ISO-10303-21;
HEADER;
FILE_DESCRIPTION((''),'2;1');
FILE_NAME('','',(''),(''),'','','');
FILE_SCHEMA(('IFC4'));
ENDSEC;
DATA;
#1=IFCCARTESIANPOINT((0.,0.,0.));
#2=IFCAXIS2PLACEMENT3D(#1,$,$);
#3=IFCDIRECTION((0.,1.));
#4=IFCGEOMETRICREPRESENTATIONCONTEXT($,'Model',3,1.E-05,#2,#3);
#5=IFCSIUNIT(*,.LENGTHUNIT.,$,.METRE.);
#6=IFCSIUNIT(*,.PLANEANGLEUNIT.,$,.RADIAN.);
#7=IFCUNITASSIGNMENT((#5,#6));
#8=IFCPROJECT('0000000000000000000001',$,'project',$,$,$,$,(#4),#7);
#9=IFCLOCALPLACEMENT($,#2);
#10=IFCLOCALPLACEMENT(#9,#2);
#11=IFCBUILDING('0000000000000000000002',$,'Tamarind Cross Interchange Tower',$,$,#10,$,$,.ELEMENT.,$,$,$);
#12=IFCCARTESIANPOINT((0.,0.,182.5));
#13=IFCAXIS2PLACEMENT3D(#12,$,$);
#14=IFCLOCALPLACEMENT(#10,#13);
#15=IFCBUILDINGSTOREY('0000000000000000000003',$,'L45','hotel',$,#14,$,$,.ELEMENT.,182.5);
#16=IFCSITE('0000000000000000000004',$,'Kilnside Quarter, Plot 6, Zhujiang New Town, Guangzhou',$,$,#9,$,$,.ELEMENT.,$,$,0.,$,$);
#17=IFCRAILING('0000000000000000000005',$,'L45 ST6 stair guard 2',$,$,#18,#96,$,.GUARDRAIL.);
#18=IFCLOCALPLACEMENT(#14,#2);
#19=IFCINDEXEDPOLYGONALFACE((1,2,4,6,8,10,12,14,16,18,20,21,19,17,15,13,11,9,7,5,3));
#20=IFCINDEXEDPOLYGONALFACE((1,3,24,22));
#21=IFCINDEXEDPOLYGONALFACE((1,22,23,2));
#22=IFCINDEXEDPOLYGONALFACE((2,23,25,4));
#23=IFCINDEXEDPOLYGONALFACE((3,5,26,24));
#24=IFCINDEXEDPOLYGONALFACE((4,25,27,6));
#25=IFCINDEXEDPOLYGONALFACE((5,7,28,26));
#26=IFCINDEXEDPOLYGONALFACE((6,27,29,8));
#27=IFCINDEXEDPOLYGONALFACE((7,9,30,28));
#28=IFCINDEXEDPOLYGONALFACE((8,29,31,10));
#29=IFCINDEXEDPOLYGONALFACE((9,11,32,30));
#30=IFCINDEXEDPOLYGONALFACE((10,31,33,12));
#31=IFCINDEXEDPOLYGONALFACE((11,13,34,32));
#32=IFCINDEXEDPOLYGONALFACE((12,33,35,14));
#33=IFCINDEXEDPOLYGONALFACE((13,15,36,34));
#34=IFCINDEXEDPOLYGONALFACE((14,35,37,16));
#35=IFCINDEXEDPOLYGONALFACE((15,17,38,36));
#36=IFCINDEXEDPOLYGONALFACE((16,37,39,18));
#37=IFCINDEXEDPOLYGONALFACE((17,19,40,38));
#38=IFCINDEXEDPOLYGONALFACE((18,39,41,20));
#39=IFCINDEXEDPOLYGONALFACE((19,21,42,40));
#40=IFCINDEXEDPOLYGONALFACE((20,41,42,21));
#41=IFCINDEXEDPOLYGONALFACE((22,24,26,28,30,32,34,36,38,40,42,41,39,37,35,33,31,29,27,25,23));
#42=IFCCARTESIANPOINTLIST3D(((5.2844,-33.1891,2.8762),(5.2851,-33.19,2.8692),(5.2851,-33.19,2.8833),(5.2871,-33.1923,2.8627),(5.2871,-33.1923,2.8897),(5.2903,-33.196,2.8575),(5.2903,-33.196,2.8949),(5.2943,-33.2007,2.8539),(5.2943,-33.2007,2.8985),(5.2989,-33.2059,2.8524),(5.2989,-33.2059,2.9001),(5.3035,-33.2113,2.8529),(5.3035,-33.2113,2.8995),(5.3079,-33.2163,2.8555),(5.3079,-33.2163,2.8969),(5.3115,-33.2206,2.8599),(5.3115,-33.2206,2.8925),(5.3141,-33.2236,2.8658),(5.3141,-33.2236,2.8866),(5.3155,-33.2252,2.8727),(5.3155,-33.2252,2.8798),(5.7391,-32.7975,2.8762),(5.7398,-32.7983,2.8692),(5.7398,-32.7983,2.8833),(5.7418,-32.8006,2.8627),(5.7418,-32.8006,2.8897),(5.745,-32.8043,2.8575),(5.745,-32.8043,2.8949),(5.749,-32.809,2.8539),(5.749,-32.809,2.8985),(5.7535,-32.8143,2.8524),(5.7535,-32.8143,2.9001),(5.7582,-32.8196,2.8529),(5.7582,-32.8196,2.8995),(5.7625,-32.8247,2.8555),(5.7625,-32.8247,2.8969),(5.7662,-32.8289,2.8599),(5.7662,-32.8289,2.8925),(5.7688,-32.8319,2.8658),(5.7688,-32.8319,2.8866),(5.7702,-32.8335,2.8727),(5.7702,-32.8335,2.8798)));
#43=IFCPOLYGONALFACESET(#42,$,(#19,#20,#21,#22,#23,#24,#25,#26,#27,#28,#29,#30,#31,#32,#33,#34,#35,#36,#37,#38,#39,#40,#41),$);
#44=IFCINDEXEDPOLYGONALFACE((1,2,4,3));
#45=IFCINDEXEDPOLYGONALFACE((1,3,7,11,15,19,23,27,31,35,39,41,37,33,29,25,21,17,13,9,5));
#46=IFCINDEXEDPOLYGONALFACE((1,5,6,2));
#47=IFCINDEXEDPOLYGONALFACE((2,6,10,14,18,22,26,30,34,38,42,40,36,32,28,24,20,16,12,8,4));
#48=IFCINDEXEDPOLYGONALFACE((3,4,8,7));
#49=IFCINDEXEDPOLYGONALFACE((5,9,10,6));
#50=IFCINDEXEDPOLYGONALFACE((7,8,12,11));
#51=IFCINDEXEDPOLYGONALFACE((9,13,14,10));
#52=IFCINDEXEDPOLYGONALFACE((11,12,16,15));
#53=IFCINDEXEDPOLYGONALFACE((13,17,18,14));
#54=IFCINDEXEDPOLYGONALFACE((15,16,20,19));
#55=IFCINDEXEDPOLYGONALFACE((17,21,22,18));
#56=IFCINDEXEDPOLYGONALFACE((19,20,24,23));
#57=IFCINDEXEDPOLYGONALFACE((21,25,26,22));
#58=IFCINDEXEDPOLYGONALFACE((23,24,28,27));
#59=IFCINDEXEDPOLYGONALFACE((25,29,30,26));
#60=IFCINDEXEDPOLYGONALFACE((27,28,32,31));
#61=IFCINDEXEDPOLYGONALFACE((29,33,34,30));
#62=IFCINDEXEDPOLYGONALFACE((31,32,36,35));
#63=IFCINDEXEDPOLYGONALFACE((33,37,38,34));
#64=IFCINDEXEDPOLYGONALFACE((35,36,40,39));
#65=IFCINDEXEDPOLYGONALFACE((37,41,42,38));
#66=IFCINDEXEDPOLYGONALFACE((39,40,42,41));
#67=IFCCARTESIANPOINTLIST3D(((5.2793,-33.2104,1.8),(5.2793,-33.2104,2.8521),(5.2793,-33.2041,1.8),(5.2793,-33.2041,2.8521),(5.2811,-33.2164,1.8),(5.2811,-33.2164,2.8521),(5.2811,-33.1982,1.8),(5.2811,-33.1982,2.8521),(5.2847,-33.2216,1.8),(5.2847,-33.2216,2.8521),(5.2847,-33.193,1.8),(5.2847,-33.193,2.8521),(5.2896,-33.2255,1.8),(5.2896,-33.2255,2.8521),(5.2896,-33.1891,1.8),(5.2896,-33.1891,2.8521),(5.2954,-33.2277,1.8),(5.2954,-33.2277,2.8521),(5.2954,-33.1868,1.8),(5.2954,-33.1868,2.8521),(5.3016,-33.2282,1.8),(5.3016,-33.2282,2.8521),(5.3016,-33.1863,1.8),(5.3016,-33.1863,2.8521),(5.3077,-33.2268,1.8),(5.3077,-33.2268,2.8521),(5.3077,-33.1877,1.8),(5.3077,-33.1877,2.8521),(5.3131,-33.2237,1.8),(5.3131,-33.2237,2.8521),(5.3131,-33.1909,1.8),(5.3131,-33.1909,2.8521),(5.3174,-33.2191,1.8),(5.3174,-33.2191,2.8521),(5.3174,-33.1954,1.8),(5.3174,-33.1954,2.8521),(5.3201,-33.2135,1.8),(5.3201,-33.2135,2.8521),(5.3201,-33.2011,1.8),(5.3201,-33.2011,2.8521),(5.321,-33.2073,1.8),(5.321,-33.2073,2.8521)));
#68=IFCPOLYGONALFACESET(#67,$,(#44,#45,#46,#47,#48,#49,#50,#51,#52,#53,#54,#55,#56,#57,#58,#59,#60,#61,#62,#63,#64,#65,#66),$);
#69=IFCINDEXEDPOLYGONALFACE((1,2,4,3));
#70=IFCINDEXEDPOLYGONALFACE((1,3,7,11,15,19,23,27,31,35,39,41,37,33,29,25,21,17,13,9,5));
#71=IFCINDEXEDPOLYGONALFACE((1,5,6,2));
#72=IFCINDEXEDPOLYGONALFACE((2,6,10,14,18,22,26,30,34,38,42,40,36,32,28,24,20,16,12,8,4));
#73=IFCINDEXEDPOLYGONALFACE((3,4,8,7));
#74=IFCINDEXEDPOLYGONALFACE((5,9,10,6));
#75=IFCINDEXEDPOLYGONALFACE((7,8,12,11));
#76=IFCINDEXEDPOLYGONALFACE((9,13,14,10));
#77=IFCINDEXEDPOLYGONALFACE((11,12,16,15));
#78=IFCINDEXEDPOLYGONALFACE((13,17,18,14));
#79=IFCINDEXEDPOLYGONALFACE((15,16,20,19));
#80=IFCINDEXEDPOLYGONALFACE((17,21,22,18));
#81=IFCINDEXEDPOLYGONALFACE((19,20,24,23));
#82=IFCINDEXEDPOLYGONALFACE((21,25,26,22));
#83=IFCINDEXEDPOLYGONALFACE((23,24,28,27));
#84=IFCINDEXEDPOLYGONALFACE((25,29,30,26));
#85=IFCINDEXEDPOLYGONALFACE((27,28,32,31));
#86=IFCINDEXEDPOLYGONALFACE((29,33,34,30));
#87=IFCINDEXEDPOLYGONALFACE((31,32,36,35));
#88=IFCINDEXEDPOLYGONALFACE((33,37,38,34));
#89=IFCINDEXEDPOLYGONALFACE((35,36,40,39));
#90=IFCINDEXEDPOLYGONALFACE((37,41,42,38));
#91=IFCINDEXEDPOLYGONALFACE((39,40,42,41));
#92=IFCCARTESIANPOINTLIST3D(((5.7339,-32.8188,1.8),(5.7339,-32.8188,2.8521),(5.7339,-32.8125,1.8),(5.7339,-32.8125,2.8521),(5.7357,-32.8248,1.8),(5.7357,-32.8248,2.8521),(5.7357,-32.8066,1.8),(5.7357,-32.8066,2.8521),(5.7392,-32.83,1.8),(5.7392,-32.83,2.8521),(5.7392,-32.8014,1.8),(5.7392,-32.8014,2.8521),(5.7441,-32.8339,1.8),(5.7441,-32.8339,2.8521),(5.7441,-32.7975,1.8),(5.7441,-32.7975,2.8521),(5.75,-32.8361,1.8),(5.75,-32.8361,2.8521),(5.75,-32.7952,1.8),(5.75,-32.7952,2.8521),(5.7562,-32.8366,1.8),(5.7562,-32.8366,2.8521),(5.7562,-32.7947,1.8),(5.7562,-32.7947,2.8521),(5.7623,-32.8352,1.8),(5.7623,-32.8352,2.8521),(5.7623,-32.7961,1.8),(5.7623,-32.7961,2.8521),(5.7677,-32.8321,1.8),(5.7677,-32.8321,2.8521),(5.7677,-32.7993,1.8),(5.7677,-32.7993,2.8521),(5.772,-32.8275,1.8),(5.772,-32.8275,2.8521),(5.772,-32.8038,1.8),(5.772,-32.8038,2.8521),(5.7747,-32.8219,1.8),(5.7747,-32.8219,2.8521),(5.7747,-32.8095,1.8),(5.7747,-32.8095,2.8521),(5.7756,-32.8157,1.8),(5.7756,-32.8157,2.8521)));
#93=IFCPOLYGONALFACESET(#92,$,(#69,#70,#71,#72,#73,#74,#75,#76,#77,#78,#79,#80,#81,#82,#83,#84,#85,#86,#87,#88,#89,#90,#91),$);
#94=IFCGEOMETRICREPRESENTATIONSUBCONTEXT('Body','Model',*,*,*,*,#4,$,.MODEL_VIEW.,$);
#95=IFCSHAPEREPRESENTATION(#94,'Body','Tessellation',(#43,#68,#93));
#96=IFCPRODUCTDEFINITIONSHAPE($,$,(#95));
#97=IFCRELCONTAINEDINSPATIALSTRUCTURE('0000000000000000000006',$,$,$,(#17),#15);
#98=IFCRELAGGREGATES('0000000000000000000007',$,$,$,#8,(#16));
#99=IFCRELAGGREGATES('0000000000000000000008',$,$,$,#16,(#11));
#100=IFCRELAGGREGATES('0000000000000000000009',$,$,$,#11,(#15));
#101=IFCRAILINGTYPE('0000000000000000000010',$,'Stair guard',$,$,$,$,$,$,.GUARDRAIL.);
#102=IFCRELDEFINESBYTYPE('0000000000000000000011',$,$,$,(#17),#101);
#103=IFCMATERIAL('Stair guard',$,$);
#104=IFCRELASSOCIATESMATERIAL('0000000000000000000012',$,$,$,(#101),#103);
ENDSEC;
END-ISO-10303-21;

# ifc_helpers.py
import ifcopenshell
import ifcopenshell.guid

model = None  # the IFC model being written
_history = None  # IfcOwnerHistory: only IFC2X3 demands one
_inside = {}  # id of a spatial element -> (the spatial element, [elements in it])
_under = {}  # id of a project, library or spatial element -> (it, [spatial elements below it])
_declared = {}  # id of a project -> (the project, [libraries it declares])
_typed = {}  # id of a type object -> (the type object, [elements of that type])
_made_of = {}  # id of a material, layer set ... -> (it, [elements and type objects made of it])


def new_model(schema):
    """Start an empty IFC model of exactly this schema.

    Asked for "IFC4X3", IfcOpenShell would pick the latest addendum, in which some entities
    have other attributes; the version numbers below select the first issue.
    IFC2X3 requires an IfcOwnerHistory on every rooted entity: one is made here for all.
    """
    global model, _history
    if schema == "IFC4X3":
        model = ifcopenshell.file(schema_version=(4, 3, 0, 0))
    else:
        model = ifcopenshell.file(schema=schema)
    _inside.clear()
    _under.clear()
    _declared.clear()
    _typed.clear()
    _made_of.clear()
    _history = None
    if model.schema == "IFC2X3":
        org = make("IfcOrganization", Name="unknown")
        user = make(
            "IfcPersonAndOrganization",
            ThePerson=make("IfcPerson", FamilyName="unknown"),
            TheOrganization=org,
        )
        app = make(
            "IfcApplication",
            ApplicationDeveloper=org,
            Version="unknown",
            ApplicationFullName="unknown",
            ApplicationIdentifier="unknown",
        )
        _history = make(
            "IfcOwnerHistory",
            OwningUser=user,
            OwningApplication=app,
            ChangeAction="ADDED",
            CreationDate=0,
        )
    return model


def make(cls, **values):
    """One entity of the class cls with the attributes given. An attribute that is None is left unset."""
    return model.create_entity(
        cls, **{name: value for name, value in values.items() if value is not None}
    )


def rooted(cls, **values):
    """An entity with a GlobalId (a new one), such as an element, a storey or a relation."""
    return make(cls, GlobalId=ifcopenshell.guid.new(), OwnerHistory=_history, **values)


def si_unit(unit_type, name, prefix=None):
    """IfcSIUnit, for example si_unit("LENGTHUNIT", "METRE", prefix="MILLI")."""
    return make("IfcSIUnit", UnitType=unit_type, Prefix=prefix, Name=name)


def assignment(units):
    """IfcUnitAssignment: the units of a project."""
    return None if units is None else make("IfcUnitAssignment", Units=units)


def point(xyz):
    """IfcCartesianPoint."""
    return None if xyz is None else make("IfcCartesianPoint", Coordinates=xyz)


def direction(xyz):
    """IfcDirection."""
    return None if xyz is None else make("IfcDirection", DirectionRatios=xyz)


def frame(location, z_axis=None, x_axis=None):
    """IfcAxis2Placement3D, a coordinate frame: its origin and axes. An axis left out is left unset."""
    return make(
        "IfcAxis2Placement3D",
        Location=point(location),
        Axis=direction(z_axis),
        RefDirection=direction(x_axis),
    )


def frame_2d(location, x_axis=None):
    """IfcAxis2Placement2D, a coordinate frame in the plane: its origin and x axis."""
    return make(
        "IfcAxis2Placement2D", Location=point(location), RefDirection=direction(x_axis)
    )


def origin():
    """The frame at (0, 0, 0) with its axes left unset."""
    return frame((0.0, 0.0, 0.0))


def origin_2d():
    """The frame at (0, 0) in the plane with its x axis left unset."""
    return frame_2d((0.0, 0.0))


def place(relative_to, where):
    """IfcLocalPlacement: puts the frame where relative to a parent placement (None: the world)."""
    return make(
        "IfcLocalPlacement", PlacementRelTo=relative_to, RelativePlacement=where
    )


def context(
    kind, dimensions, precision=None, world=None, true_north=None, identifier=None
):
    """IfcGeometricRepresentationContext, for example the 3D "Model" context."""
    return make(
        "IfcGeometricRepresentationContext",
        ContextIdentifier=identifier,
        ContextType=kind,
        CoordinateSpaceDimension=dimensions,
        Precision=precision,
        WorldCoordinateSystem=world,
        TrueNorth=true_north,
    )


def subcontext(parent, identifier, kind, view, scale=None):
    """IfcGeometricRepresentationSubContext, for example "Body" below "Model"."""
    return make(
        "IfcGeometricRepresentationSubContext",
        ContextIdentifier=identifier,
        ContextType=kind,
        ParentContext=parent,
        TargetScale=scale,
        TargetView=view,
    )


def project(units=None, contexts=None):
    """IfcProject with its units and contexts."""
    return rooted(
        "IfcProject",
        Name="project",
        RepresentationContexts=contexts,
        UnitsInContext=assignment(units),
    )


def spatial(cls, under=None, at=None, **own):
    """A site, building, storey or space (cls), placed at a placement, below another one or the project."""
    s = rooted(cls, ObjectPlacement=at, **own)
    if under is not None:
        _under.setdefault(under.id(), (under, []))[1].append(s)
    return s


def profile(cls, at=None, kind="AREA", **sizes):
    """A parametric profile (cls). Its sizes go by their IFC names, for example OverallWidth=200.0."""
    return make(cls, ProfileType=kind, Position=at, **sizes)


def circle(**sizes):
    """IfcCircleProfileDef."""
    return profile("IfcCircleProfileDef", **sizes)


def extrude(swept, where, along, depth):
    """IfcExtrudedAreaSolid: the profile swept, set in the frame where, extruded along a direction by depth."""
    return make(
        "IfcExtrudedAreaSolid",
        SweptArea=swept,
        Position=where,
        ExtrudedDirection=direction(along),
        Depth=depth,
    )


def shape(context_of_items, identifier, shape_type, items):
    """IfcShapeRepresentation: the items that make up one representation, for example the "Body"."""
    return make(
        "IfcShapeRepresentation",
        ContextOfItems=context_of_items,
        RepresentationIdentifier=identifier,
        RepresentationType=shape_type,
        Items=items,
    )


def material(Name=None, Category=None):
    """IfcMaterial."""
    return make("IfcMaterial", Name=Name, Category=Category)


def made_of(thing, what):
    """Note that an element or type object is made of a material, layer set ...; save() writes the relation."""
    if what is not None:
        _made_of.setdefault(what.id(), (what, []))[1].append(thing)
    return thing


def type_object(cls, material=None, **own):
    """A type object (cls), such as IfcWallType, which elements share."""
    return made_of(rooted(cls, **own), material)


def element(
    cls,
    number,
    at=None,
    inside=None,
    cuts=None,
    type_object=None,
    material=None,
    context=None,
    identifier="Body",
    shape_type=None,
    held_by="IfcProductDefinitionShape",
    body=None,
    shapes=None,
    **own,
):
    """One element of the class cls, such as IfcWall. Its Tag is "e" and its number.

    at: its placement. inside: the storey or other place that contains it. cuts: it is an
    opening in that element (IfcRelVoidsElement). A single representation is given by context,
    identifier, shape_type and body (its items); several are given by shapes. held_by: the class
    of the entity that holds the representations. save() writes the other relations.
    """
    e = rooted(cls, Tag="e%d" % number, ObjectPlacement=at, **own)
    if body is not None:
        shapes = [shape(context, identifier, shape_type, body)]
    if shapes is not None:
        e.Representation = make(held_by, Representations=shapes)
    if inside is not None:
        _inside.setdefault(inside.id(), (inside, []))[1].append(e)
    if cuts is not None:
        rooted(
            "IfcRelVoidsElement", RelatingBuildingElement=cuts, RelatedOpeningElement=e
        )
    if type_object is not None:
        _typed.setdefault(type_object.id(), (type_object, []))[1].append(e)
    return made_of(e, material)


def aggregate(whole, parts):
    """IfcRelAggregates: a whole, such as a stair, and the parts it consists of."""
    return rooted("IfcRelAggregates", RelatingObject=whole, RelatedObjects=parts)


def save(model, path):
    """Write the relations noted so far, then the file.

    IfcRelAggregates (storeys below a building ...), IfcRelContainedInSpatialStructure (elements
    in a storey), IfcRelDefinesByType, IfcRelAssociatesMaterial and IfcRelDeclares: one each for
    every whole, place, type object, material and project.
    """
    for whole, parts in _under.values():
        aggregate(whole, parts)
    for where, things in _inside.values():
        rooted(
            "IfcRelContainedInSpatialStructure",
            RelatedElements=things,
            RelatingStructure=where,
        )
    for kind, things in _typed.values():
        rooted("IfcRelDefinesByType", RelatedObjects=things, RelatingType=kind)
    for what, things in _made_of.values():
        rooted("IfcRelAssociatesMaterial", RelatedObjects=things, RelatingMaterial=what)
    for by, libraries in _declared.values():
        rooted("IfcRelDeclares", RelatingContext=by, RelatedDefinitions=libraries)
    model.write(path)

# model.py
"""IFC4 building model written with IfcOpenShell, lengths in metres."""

from ifc_helpers import new_model, si_unit, direction, frame, origin, origin_2d, place, context, subcontext, project, spatial, circle, extrude, material, type_object, element, save


model = new_model("IFC4")

# Units and contexts
model_context = context("Model", 3, precision=1e-05, world=origin(), true_north=direction((0.0, 1.0)))
body_context = subcontext(model_context, "Body", "Model", "MODEL_VIEW")
ifc_project = project(units=[si_unit("LENGTHUNIT", "METRE"), si_unit("PLANEANGLEUNIT", "RADIAN")], contexts=[model_context])

# Site, building, storey
site_placement = place(None, origin())
site = spatial("IfcSite", under=ifc_project, at=site_placement, Name="Kilnside Quarter, Plot 6, Zhujiang New Town, Guangzhou", CompositionType="ELEMENT", RefElevation=0.0)
building_placement = place(site_placement, origin())
building = spatial("IfcBuilding", under=site, at=building_placement, Name="Tamarind Cross Interchange Tower", CompositionType="ELEMENT")
storey_placement = place(building_placement, frame((0.0, 0.0, 182.5)))
storey = spatial("IfcBuildingStorey", under=building, at=storey_placement, Name="L45", Description="hotel", CompositionType="ELEMENT", Elevation=182.5)

# Railing
ifc_material_1 = material(Name="Stair guard")
railing_type_1 = type_object("IfcRailingType", Name="Stair guard", PredefinedType="GUARDRAIL", material=ifc_material_1)
railing_1_placement = place(storey_placement, frame((5.3, -33.2073, 1.8)))
element("IfcRailing", 1, at=railing_1_placement, inside=storey, type_object=railing_type_1, Name="L45 ST6 stair guard 2", PredefinedType="GUARDRAIL", context=body_context, shape_type="SweptSolid", body=[
    extrude(circle(Radius=0.0239, at=origin_2d()), frame((0.0, 0.0, 1.0762), z_axis=(0.757646, 0.652666, 0.0), x_axis=(-0.652666, 0.757646, 0.0)), (0.0, 0.0, 1.0), 0.6001),
    extrude(circle(Radius=0.021, at=origin_2d()), origin(), (0.0, 0.0, 1.0), 1.052),
    extrude(circle(Radius=0.021, at=origin_2d()), frame((0.4546, 0.3916, 0.0)), (0.0, 0.0, 1.0), 1.052),
])

save(model, "model.ifc")
